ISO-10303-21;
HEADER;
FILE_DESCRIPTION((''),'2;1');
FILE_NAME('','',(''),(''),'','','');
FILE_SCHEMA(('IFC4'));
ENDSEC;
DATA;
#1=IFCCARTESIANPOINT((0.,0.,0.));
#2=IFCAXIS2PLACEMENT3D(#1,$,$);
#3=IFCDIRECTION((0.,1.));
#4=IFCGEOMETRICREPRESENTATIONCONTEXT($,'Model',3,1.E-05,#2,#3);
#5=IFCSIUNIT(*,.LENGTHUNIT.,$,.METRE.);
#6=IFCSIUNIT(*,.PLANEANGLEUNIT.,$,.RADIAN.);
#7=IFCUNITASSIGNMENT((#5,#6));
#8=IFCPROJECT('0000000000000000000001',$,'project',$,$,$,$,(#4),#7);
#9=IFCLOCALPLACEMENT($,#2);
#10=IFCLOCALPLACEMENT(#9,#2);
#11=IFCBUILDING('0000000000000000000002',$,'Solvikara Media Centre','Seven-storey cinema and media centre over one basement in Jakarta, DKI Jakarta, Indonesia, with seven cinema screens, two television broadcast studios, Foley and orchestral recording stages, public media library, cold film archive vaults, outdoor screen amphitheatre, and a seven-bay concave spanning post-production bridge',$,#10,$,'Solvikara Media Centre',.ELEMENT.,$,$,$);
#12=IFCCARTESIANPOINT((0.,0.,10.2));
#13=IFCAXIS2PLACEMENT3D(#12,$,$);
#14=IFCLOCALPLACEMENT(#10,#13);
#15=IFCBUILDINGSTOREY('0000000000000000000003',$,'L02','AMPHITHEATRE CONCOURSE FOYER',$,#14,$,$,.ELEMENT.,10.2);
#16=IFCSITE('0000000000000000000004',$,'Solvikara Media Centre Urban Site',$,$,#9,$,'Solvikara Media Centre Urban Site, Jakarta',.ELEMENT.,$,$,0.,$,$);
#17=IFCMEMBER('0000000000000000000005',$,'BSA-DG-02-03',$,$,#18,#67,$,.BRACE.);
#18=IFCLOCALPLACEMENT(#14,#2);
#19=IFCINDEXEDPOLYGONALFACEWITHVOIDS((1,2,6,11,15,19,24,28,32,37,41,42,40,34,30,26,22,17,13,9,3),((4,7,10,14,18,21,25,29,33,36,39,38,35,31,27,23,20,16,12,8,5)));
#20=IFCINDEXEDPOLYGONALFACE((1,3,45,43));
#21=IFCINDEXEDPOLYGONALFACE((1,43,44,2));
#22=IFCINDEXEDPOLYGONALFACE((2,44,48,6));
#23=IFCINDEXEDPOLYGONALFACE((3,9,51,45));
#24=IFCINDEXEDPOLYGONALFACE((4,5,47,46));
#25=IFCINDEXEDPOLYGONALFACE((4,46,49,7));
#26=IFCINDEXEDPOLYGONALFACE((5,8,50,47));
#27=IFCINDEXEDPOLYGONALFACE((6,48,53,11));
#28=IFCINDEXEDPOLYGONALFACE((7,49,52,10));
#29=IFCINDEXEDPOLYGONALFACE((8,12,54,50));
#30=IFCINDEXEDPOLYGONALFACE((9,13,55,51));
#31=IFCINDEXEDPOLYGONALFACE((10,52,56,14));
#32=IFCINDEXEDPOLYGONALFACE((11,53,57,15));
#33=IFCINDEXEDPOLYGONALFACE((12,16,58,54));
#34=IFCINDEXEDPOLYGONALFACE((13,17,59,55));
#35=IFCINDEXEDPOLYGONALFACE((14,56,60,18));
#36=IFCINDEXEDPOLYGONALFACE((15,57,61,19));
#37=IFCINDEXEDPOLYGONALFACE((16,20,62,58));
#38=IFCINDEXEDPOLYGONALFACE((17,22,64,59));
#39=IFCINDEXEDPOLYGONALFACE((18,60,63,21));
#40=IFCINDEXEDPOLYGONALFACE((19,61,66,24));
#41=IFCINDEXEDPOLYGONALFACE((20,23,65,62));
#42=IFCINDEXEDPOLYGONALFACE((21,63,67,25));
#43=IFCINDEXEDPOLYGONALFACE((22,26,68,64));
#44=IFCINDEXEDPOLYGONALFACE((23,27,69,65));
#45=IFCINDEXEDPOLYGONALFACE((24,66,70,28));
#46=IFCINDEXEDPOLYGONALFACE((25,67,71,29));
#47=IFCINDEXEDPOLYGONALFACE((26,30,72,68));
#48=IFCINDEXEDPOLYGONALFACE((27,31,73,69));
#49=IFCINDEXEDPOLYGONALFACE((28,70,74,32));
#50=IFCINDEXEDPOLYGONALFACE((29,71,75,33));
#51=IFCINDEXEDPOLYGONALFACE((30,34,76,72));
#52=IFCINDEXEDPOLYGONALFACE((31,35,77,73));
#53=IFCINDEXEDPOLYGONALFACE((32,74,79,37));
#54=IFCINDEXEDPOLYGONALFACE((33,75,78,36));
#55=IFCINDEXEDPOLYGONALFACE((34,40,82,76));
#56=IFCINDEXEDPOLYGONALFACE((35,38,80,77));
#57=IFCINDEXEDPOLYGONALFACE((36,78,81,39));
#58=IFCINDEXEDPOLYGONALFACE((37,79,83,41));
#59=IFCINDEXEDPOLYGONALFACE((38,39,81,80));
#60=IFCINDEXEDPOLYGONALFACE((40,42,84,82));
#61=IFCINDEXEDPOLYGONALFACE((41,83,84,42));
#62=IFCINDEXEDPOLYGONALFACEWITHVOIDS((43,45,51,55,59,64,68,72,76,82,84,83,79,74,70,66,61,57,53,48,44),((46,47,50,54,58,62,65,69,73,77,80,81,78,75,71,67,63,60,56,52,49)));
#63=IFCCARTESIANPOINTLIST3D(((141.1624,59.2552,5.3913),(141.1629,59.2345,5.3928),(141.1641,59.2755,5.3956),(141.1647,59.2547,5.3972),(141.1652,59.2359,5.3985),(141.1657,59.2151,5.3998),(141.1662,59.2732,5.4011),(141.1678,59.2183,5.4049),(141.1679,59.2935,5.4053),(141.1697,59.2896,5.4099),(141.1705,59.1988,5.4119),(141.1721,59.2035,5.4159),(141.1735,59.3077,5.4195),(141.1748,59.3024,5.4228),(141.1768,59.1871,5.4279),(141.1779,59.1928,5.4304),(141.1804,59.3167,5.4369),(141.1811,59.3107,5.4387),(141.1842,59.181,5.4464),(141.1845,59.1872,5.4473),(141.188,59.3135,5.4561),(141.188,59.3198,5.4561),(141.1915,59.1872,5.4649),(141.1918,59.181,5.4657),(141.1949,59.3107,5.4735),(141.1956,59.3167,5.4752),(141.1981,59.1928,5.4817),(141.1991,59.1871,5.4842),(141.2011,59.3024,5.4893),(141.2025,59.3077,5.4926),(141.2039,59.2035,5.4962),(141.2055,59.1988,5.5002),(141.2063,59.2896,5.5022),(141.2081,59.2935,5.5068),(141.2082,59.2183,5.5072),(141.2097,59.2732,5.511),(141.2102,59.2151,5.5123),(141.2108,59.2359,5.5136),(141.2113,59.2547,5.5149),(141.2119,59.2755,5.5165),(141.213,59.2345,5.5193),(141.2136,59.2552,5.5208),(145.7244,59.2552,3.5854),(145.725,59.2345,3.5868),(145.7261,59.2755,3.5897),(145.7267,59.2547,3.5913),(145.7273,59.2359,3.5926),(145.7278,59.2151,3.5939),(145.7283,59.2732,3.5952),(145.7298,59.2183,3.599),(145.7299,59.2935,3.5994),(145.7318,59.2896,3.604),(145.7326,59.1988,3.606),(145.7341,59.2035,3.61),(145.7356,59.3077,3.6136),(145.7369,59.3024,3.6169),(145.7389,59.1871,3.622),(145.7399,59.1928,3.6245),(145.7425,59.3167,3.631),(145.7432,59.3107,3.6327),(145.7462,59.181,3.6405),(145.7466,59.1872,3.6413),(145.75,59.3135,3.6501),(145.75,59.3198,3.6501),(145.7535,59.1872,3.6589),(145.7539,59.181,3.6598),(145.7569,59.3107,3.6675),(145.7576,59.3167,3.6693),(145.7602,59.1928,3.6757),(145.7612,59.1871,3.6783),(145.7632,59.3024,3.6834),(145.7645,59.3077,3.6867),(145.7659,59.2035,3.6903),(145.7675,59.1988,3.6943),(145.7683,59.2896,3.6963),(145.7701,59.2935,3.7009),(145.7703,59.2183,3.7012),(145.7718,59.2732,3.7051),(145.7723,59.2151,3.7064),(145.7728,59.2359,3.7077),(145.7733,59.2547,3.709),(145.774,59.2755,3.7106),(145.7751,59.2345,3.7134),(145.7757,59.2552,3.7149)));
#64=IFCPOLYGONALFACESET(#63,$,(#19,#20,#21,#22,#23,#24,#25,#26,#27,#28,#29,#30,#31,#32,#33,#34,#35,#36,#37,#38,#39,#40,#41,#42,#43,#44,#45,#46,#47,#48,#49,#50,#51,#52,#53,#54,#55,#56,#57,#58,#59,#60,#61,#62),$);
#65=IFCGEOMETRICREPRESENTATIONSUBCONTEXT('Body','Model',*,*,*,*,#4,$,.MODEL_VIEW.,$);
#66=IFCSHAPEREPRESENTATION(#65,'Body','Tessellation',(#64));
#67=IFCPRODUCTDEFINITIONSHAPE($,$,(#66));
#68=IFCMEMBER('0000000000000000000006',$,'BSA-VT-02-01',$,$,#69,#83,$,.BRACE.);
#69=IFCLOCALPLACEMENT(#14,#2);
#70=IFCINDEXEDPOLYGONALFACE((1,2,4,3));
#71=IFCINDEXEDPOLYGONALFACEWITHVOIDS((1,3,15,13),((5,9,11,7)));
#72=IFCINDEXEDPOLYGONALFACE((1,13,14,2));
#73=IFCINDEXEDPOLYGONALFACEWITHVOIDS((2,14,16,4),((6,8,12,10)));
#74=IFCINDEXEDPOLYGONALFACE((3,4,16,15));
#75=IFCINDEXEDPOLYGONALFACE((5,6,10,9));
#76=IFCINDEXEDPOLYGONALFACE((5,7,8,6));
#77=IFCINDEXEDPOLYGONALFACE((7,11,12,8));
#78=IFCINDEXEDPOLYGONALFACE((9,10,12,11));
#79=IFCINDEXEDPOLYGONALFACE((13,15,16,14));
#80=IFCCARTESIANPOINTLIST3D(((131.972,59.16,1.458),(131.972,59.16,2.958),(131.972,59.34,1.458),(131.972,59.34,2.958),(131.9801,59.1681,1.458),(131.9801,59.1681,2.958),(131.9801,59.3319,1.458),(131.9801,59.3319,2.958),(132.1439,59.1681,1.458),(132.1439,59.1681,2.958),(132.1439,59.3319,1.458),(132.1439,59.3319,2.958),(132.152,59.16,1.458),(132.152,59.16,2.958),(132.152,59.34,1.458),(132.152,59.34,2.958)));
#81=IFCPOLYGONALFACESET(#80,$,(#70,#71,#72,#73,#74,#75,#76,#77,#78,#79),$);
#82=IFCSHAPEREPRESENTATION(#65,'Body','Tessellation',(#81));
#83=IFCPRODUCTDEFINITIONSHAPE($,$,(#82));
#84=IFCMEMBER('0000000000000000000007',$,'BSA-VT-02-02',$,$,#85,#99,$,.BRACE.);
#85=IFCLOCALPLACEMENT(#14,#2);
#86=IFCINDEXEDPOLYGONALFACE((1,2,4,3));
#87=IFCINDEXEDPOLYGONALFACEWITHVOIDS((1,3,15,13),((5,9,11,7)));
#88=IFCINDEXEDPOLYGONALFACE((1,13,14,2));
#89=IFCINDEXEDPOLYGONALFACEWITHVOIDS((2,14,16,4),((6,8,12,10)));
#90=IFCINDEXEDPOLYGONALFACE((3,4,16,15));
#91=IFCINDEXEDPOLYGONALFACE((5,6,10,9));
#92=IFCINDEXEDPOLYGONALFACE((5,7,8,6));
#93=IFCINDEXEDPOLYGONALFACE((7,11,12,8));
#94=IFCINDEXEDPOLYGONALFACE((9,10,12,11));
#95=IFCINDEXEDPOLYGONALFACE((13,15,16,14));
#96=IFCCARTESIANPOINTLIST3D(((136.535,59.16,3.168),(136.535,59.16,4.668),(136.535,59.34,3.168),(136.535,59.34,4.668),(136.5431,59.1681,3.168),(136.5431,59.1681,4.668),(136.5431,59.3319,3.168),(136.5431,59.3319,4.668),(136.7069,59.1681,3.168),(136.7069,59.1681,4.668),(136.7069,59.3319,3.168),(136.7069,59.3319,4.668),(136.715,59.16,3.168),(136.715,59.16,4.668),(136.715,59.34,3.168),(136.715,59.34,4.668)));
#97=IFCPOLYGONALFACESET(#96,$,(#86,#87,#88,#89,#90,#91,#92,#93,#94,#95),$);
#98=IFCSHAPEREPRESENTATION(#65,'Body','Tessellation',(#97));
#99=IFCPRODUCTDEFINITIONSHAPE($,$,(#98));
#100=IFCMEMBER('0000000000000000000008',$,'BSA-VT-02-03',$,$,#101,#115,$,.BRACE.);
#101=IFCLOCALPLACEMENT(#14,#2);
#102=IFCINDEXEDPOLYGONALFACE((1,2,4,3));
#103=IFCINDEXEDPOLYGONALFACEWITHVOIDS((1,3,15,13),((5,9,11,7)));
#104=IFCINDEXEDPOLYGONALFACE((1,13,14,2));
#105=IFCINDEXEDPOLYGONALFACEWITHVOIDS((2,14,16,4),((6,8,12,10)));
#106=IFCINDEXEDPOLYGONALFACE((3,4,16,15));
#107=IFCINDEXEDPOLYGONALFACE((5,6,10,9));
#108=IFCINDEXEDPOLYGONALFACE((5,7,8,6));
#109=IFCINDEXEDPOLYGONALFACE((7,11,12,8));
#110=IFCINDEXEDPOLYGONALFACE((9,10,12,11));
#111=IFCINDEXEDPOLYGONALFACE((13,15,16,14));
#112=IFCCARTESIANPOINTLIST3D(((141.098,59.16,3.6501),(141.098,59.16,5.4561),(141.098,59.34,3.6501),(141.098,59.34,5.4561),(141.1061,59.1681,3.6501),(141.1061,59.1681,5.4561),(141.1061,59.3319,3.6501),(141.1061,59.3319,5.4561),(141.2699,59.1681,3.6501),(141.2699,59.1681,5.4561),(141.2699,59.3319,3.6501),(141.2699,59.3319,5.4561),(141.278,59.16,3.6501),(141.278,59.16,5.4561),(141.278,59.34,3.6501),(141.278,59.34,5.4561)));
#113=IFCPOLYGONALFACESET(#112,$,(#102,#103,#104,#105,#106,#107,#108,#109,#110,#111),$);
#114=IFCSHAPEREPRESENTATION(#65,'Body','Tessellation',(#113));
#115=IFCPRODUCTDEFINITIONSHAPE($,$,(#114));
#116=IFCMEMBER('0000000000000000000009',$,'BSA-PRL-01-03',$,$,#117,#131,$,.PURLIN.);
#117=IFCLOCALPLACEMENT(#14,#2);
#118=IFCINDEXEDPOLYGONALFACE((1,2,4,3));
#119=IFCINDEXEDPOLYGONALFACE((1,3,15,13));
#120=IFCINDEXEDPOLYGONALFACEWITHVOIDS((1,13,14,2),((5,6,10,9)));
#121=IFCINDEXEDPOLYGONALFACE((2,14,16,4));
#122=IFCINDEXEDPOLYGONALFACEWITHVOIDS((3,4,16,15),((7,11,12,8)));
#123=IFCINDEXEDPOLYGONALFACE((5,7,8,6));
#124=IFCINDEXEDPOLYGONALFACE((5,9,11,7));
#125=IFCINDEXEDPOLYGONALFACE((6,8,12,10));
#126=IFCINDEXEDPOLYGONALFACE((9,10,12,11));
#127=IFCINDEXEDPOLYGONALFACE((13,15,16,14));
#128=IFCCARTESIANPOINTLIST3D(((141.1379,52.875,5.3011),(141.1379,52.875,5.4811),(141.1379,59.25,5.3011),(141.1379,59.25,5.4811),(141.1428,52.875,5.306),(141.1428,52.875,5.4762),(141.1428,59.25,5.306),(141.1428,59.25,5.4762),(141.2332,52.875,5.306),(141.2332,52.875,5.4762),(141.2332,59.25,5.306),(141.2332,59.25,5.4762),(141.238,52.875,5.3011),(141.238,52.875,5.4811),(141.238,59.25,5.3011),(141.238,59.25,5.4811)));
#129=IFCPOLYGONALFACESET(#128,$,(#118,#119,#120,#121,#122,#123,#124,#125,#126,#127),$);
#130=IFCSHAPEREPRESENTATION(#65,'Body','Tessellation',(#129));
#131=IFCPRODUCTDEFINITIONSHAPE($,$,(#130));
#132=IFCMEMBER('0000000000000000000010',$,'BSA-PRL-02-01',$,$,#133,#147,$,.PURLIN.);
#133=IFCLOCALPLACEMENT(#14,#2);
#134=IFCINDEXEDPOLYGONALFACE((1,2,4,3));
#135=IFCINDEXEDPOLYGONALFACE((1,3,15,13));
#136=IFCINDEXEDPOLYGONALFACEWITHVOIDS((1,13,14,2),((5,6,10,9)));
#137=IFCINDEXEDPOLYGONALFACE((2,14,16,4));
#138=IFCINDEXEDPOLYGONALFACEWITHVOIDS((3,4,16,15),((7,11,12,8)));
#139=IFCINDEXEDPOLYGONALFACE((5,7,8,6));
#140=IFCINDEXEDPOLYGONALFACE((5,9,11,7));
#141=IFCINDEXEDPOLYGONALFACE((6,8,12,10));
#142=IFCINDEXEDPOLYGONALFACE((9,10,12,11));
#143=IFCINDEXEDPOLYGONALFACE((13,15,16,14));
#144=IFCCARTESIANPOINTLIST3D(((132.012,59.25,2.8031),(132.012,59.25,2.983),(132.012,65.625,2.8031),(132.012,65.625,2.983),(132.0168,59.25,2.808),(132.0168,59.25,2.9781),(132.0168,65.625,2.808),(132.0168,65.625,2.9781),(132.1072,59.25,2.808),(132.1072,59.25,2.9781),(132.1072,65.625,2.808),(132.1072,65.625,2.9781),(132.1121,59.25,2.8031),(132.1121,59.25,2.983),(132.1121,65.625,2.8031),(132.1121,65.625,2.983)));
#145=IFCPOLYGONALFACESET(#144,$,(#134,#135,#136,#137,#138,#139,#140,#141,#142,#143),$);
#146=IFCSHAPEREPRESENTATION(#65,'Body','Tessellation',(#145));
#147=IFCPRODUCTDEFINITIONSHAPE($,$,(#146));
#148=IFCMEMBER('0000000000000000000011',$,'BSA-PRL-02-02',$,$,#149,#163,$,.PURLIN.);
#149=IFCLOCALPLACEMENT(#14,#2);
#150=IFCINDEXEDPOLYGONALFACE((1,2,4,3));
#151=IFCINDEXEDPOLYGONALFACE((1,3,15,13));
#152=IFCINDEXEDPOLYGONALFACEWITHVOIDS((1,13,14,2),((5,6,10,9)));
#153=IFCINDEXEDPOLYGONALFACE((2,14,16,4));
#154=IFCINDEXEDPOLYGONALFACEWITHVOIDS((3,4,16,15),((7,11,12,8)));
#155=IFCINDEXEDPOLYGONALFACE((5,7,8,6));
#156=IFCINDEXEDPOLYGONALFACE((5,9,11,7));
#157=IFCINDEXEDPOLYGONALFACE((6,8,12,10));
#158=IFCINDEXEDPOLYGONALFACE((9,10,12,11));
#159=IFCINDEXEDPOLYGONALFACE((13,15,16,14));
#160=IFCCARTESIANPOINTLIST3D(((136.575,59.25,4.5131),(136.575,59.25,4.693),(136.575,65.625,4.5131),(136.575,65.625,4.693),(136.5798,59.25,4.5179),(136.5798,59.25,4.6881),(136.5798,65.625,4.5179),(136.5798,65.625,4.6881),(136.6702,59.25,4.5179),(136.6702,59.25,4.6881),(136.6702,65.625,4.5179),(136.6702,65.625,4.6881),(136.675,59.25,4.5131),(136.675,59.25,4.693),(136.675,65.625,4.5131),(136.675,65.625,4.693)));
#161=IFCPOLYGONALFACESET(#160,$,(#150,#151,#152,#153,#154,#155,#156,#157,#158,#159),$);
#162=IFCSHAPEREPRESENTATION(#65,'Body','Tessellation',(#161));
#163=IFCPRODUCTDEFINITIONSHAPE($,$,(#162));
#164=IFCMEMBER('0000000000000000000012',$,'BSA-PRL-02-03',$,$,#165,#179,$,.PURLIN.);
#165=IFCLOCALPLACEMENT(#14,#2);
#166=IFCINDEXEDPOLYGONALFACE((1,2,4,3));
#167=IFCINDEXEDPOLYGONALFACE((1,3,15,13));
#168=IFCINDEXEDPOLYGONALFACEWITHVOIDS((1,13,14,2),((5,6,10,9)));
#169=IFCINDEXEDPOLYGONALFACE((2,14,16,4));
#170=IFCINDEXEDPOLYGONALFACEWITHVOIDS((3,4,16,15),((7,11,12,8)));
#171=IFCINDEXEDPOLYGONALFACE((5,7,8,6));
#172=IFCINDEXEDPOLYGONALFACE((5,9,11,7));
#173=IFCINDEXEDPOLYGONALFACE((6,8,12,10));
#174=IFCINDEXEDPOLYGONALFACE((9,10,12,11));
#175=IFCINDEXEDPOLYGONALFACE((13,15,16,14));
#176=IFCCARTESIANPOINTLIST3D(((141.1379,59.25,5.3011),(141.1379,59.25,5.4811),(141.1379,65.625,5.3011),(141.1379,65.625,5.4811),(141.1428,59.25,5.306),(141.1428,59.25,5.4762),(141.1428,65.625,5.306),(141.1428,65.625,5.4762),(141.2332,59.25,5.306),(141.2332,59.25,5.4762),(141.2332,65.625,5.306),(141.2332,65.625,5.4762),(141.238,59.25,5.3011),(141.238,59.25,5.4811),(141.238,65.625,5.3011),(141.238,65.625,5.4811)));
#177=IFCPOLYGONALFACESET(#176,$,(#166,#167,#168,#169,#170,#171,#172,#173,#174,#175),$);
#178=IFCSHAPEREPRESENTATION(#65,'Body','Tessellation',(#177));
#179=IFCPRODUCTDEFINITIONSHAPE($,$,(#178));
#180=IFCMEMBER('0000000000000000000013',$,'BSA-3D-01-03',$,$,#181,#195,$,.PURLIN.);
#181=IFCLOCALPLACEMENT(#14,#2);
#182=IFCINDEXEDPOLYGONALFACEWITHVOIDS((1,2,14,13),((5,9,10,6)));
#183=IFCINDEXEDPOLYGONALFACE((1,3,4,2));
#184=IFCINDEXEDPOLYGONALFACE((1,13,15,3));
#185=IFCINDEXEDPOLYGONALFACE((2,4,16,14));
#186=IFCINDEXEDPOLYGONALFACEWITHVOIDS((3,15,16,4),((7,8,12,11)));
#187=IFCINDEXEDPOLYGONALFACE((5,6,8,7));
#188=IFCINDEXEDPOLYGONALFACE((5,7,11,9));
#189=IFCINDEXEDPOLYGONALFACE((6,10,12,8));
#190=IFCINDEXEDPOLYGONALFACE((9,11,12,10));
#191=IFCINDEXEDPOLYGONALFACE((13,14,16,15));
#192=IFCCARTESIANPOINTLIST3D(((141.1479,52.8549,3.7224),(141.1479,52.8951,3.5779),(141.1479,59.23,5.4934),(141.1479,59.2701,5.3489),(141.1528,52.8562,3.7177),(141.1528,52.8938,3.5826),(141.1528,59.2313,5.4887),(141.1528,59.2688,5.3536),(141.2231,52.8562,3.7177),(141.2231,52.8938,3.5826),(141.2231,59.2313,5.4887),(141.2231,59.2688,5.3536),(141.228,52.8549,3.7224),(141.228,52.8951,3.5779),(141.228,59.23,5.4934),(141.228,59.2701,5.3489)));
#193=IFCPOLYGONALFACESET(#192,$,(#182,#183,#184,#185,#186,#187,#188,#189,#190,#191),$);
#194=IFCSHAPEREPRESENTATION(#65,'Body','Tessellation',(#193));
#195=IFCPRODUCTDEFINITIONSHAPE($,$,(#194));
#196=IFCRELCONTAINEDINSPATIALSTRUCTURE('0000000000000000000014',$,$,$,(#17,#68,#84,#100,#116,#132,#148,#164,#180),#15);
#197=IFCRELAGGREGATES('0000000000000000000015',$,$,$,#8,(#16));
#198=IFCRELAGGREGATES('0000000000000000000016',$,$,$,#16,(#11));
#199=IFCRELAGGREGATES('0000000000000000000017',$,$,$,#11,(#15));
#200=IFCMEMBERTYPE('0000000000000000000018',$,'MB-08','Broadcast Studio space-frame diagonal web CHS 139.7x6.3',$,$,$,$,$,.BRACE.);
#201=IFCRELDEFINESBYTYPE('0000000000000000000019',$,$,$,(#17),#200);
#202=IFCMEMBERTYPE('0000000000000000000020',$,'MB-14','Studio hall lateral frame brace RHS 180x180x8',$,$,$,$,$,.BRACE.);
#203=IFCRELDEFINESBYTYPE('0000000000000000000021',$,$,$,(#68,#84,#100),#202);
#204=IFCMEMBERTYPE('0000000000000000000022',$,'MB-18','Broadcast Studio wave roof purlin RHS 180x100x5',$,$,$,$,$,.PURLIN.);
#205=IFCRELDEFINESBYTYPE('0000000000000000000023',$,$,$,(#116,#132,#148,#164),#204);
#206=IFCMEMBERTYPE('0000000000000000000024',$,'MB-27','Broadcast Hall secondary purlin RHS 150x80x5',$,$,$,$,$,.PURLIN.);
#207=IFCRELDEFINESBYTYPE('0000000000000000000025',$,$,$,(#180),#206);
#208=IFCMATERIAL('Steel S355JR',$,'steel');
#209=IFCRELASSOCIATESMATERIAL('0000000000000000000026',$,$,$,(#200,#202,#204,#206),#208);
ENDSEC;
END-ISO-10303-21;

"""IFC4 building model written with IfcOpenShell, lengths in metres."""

from ifc_helpers import new_model, si_unit, direction, frame, origin, origin_2d, place, context, subcontext, project, spatial, hollow_rectangle, hollow_circle, extrude, material, material_profile, profile_set, type_object, element, save


model = new_model("IFC4")

# Units and contexts
model_context = context("Model", 3, precision=1e-05, world=origin(), true_north=direction((0.0, 1.0)))
body_context = subcontext(model_context, "Body", "Model", "MODEL_VIEW")
ifc_project = project(units=[si_unit("LENGTHUNIT", "METRE"), si_unit("PLANEANGLEUNIT", "RADIAN")], contexts=[model_context])

# Site, building, storey
site_placement = place(None, origin())
site = spatial("IfcSite", under=ifc_project, at=site_placement, Name="Solvikara Media Centre Urban Site", LongName="Solvikara Media Centre Urban Site, Jakarta", CompositionType="ELEMENT", RefElevation=0.0)
building_placement = place(site_placement, origin())
building = spatial("IfcBuilding", under=site, at=building_placement, Name="Solvikara Media Centre", Description="Seven-storey cinema and media centre over one basement in Jakarta, DKI Jakarta, Indonesia, with seven cinema screens, two television broadcast studios, Foley and orchestral recording stages, public media library, cold film archive vaults, outdoor screen amphitheatre, and a seven-bay concave spanning post-production bridge", LongName="Solvikara Media Centre", CompositionType="ELEMENT")
storey_placement = place(building_placement, frame((0.0, 0.0, 10.2)))
storey = spatial("IfcBuildingStorey", under=building, at=storey_placement, Name="L02", Description="AMPHITHEATRE CONCOURSE FOYER", CompositionType="ELEMENT", Elevation=10.2)

# Members
ifc_material_1 = material(Name="Steel S355JR", Category="steel")
ifc_material_profile_1 = material_profile(ifc_material_1, hollow_circle(Radius=0.0698, WallThickness=0.0063, at=origin_2d()), Name="CHS 139.7x6.3")
ifc_profile_set_1 = profile_set([ifc_material_profile_1], Name="Steel S355JR")
member_type_1 = type_object("IfcMemberType", Name="MB-08", Description="Broadcast Studio space-frame diagonal web CHS 139.7x6.3", PredefinedType="BRACE", material=ifc_profile_set_1)
member_1_placement = place(storey_placement, frame((141.188, 59.25, 5.4561), z_axis=(0.929799, 0.0, -0.368068), x_axis=(0.0, 1.0, 0.0)))
element("IfcMember", 1, at=member_1_placement, inside=storey, type_object=member_type_1, Name="BSA-DG-02-03", PredefinedType="BRACE", context=body_context, shape_type="SweptSolid", body=[
    extrude(hollow_circle(Radius=0.0698, WallThickness=0.0063, at=origin_2d()), origin(), (0.0, 0.0, 1.0), 4.9065),
])
ifc_material_profile_2 = material_profile(ifc_material_1, hollow_rectangle(XDim=0.1799, YDim=0.1799, WallThickness=0.0081, at=origin_2d()), Name="RHS 180x180x8")
ifc_profile_set_2 = profile_set([ifc_material_profile_2], Name="Steel S355JR")
member_type_2 = type_object("IfcMemberType", Name="MB-14", Description="Studio hall lateral frame brace RHS 180x180x8", PredefinedType="BRACE", material=ifc_profile_set_2)
for number, where, z_axis, x_axis, name in (
    (2, (132.062, 59.25, 1.458), (0.0, 0.0, 1.0), (1.0, 0.0, 0.0), "BSA-VT-02-01"),
    (3, (136.625, 59.25, 3.168), (0.0, 0.0, 1.0), (1.0, 0.0, 0.0), "BSA-VT-02-02"),
):
    element("IfcMember", number, at=place(storey_placement, frame(where, z_axis=z_axis, x_axis=x_axis)), inside=storey, type_object=member_type_2, Name=name, PredefinedType="BRACE", context=body_context, shape_type="SweptSolid", body=[
        extrude(hollow_rectangle(XDim=0.1799, YDim=0.1799, WallThickness=0.0081, at=origin_2d()), origin(), (0.0, 0.0, 1.0), 1.5),
    ])
member_2_placement = place(storey_placement, frame((141.188, 59.25, 3.6501), z_axis=(0.0, 0.0, 1.0), x_axis=(1.0, 0.0, 0.0)))
element("IfcMember", 4, at=member_2_placement, inside=storey, type_object=member_type_2, Name="BSA-VT-02-03", PredefinedType="BRACE", context=body_context, shape_type="SweptSolid", body=[
    extrude(hollow_rectangle(XDim=0.1799, YDim=0.1799, WallThickness=0.0081, at=origin_2d()), origin(), (0.0, 0.0, 1.0), 1.8059),
])
ifc_material_profile_3 = material_profile(ifc_material_1, hollow_rectangle(XDim=0.1001, YDim=0.1799, WallThickness=0.0049, at=origin_2d()), Name="RHS 180x100x5")
ifc_profile_set_3 = profile_set([ifc_material_profile_3], Name="Steel S355JR")
member_type_3 = type_object("IfcMemberType", Name="MB-18", Description="Broadcast Studio wave roof purlin RHS 180x100x5", PredefinedType="PURLIN", material=ifc_profile_set_3)
for number, where, z_axis, x_axis, name in (
    (5, (141.188, 52.875, 5.3911), (0.0, 1.0, 0.0), (-1.0, 0.0, 0.0), "BSA-PRL-01-03"),
    (6, (132.062, 59.25, 2.8931), (0.0, 1.0, 0.0), (-1.0, 0.0, 0.0), "BSA-PRL-02-01"),
    (7, (136.625, 59.25, 4.603), (0.0, 1.0, 0.0), (-1.0, 0.0, 0.0), "BSA-PRL-02-02"),
    (8, (141.188, 59.25, 5.3911), (0.0, 1.0, 0.0), (-1.0, 0.0, 0.0), "BSA-PRL-02-03"),
):
    element("IfcMember", number, at=place(storey_placement, frame(where, z_axis=z_axis, x_axis=x_axis)), inside=storey, type_object=member_type_3, Name=name, PredefinedType="PURLIN", context=body_context, shape_type="SweptSolid", body=[
        extrude(hollow_rectangle(XDim=0.1001, YDim=0.1799, WallThickness=0.0049, at=origin_2d()), origin(), (0.0, 0.0, 1.0), 6.375),
    ])
ifc_material_profile_4 = material_profile(ifc_material_1, hollow_rectangle(XDim=0.0801, YDim=0.1499, WallThickness=0.0049, at=origin_2d()), Name="RHS 150x80x5")
ifc_profile_set_4 = profile_set([ifc_material_profile_4], Name="Steel S355JR")
member_type_4 = type_object("IfcMemberType", Name="MB-27", Description="Broadcast Hall secondary purlin RHS 150x80x5", PredefinedType="PURLIN", material=ifc_profile_set_4)
member_3_placement = place(storey_placement, frame((141.188, 52.875, 3.6501), z_axis=(0.0, 0.963512, 0.267667), x_axis=(-1.0, 0.0, 0.0)))
element("IfcMember", 9, at=member_3_placement, inside=storey, type_object=member_type_4, Name="BSA-3D-01-03", PredefinedType="PURLIN", context=body_context, shape_type="SweptSolid", body=[
    extrude(hollow_rectangle(XDim=0.0801, YDim=0.1499, WallThickness=0.0049, at=origin_2d()), origin(), (0.0, 0.0, 1.0), 6.6165),
])

save(model, "model.ifc")
